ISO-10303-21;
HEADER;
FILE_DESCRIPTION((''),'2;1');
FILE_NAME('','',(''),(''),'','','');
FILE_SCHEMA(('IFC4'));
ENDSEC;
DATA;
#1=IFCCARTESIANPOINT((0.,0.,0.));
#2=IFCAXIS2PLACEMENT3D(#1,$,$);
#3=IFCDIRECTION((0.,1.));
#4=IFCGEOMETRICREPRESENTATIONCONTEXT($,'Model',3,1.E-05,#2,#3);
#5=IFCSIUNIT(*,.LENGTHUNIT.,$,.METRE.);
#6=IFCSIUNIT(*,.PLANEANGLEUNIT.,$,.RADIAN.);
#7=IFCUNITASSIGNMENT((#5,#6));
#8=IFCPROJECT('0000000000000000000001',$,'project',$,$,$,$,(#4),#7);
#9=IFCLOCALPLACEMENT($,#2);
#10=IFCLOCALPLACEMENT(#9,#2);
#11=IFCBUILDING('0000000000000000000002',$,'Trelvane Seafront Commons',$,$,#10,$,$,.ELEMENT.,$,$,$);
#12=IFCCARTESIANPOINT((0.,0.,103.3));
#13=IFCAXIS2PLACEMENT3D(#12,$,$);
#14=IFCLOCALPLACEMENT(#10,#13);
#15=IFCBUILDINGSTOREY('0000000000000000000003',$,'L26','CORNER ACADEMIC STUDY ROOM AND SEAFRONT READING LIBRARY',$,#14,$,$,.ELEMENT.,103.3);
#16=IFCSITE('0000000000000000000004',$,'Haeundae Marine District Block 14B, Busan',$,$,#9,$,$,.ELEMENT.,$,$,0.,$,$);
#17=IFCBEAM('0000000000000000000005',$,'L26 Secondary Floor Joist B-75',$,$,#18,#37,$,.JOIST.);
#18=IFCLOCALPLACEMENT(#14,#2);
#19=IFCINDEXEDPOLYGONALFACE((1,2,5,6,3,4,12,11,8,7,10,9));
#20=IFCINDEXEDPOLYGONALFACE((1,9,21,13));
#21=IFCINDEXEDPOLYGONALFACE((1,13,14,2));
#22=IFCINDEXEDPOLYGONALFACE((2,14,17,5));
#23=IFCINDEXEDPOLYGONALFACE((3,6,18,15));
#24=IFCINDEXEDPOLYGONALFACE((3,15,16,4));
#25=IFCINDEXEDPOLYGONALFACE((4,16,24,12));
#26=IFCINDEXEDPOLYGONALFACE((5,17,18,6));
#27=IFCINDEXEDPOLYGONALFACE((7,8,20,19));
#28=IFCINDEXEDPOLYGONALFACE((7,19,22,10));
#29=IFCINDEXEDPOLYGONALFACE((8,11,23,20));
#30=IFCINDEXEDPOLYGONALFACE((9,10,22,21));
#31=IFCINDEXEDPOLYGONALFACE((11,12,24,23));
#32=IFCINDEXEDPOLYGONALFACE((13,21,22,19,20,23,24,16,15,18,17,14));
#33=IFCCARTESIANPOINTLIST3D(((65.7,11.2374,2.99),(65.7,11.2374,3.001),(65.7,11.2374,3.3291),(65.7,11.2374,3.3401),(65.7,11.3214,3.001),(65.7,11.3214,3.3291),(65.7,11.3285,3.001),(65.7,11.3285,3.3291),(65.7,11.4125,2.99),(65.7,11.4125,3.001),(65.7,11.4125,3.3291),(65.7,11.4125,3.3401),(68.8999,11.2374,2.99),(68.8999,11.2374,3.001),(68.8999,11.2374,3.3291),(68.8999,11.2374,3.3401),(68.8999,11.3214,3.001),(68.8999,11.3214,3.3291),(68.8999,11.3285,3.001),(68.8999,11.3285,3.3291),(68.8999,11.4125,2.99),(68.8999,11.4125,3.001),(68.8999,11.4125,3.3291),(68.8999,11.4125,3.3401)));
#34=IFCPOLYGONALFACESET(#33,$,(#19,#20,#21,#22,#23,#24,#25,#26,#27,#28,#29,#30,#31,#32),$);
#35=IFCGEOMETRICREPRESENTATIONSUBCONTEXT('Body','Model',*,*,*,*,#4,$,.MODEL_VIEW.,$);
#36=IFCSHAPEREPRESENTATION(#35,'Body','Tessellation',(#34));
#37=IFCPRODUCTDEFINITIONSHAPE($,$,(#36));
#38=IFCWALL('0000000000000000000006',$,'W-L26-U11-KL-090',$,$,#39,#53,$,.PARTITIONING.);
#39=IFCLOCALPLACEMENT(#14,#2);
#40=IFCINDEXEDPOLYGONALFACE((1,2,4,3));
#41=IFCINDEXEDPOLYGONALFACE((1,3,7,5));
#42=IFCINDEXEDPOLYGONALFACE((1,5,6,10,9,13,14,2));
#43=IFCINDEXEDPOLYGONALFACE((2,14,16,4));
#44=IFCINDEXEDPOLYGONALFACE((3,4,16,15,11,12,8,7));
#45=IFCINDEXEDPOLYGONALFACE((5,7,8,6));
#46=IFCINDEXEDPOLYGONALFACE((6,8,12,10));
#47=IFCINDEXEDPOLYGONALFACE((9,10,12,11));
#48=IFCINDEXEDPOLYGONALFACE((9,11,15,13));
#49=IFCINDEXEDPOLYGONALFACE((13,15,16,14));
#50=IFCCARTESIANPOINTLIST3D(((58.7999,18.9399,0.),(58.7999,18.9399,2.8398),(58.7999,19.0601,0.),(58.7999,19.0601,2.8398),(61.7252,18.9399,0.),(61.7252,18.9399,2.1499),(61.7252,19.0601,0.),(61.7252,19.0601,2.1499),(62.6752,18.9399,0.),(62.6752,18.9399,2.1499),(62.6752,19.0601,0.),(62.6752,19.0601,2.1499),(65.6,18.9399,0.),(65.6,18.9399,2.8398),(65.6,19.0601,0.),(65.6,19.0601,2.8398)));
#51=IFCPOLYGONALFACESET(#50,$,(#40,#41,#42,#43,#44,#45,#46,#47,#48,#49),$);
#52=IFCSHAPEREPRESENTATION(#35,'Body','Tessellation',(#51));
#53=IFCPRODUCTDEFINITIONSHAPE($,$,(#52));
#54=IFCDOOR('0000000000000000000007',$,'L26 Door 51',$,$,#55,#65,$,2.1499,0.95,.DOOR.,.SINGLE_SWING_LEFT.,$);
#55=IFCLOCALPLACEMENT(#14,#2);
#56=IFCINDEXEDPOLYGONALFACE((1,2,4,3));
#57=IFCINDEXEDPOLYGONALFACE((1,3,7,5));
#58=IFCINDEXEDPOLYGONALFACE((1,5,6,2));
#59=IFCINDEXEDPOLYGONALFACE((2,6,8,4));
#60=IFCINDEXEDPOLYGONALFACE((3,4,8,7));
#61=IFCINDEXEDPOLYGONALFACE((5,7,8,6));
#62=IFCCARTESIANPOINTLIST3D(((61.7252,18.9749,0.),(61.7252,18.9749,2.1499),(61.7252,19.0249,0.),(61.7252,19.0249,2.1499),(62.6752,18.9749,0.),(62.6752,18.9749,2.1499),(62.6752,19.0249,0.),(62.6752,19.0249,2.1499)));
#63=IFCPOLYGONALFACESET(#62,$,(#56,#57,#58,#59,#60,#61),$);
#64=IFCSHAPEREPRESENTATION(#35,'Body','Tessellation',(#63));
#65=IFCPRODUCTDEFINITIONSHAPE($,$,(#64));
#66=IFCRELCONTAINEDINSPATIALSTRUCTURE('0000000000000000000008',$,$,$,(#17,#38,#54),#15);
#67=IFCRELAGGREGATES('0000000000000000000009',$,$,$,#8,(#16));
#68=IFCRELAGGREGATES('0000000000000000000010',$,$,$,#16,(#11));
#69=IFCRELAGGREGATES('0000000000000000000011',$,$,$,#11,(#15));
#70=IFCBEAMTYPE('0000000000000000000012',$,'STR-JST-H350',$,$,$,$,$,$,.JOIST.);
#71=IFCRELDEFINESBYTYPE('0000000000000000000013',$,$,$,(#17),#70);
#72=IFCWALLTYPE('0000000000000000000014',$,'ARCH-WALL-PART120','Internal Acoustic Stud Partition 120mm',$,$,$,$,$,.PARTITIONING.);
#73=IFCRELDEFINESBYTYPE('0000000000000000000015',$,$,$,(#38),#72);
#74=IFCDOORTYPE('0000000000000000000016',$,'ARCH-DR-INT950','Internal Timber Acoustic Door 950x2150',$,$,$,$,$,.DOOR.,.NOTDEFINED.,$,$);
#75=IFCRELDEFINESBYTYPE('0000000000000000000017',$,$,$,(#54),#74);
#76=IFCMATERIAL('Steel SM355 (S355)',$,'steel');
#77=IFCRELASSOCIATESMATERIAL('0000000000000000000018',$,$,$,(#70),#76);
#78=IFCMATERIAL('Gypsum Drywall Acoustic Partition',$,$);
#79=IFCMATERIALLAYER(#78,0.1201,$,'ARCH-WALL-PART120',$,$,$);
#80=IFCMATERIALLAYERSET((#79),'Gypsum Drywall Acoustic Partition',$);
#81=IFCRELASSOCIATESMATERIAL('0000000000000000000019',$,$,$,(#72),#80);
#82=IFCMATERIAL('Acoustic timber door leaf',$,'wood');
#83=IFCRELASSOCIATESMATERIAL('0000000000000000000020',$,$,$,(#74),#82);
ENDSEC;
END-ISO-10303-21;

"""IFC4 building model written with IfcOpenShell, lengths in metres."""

from ifc_helpers import new_model, si_unit, direction, frame, frame_2d, origin, origin_2d, place, context, subcontext, project, spatial, rectangle, i_section, extrude, source, transform, mapped, material, layer, layer_set, material_profile, profile_set, type_object, element, fill, save


model = new_model("IFC4")

# Units and contexts
model_context = context("Model", 3, precision=1e-05, world=origin(), true_north=direction((0.0, 1.0)))
body_context = subcontext(model_context, "Body", "Model", "MODEL_VIEW")
ifc_project = project(units=[si_unit("LENGTHUNIT", "METRE"), si_unit("PLANEANGLEUNIT", "RADIAN")], contexts=[model_context])

# Site, building, storey
site_placement = place(None, origin())
site = spatial("IfcSite", under=ifc_project, at=site_placement, Name="Haeundae Marine District Block 14B, Busan", CompositionType="ELEMENT", RefElevation=0.0)
building_placement = place(site_placement, origin())
building = spatial("IfcBuilding", under=site, at=building_placement, Name="Trelvane Seafront Commons", CompositionType="ELEMENT")
storey_placement = place(building_placement, frame((0.0, 0.0, 103.3)))
storey = spatial("IfcBuildingStorey", under=building, at=storey_placement, Name="L26", Description="CORNER ACADEMIC STUDY ROOM AND SEAFRONT READING LIBRARY", CompositionType="ELEMENT", Elevation=103.3)

# Shared definitions
ifc_material_1 = material(Name="Steel SM355 (S355)", Category="steel")

# Beam
ifc_material_profile_1 = material_profile(ifc_material_1, i_section(OverallWidth=0.175, OverallDepth=0.3501, WebThickness=0.0071, FlangeThickness=0.011, at=origin_2d()), Name="H-350x175x7x11")
ifc_profile_set_1 = profile_set([ifc_material_profile_1], Name="Steel SM355 (S355)")
beam_type_1 = type_object("IfcBeamType", Name="STR-JST-H350", PredefinedType="JOIST", material=ifc_profile_set_1)
shared_shape_1 = source(origin(), body_context, "Body", "SweptSolid", [
    extrude(i_section(OverallWidth=0.175, OverallDepth=0.3501, WebThickness=0.0071, FlangeThickness=0.011, at=origin_2d()), origin(), (0.0, 0.0, 1.0), 3.2),
])
beam_1_placement = place(storey_placement, frame((65.7, 11.325, 3.165), z_axis=(1.0, 0.0, 0.0), x_axis=(0.0, 1.0, 0.0)))
element("IfcBeam", 1, at=beam_1_placement, inside=storey, type_object=beam_type_1, Name="L26 Secondary Floor Joist B-75", PredefinedType="JOIST", context=body_context, shape_type="MappedRepresentation", body=[
    mapped(shared_shape_1, transform((0.0, 0.0, 0.0), x_axis=(1.0, 0.0, 0.0), y_axis=(0.0, 1.0, 0.0), z_axis=(0.0, 0.0, 1.0), scale=1.0)),
])

# Wall, opening, door
ifc_material_2 = material(Name="Gypsum Drywall Acoustic Partition")
ifc_layer = layer(ifc_material_2, 0.1201, Name="ARCH-WALL-PART120")
ifc_layer_set = layer_set([ifc_layer], Name="Gypsum Drywall Acoustic Partition")
wall_type = type_object("IfcWallType", Name="ARCH-WALL-PART120", Description="Internal Acoustic Stud Partition 120mm", PredefinedType="PARTITIONING", material=ifc_layer_set)
ifc_material_3 = material(Name="Acoustic timber door leaf", Category="wood")
door_type = type_object("IfcDoorType", Name="ARCH-DR-INT950", Description="Internal Timber Acoustic Door 950x2150", OperationType="NOTDEFINED", PredefinedType="DOOR", material=ifc_material_3)
shared_shape_2 = source(origin(), body_context, "Body", "SweptSolid", [
    extrude(rectangle(XDim=0.95, YDim=2.1499, at=frame_2d((0.4751, 1.075))), frame((0.0, 0.0249, 0.0), z_axis=(0.0, -1.0, 0.0), x_axis=(1.0, 0.0, 0.0)), (0.0, 0.0, 1.0), 0.05),
])
wall_1_placement = place(storey_placement, frame((58.8, 19.0, 0.0), z_axis=(0.0, 0.0, 1.0), x_axis=(1.0, 0.0, 0.0)))
wall_1 = element("IfcWall", 2, at=wall_1_placement, inside=storey, type_object=wall_type, Name="W-L26-U11-KL-090", PredefinedType="PARTITIONING", context=body_context, shape_type="SweptSolid", body=[
    extrude(rectangle(XDim=6.8, YDim=0.1201, at=frame_2d((3.3999, 0.0))), origin(), (0.0, 0.0, 1.0), 2.8398),
])
opening_1_placement = place(wall_1_placement, frame((2.925, 0.0, 0.0)))
opening_1 = element("IfcOpeningElement", 3, at=opening_1_placement, cuts=wall_1, PredefinedType="OPENING", context=body_context, shape_type="SweptSolid", body=[
    extrude(rectangle(XDim=0.95, YDim=2.1499, at=frame_2d((0.4751, 1.075))), frame((0.0, 0.0701, 0.0), z_axis=(0.0, -1.0, 0.0), x_axis=(1.0, 0.0, 0.0)), (0.0, 0.0, 1.0), 0.1401),
])
door_1_placement = place(opening_1_placement, origin())
door_1 = element("IfcDoor", 4, at=door_1_placement, inside=storey, type_object=door_type, Name="L26 Door 51", OperationType="SINGLE_SWING_LEFT", OverallHeight=2.1499, OverallWidth=0.95, PredefinedType="DOOR", context=body_context, shape_type="MappedRepresentation", body=[
    mapped(shared_shape_2, transform((0.0, 0.0, 0.0), x_axis=(1.0, 0.0, 0.0), y_axis=(0.0, 1.0, 0.0), z_axis=(0.0, 0.0, 1.0), scale=1.0)),
])
fill(opening_1, door_1)

save(model, "model.ifc")
